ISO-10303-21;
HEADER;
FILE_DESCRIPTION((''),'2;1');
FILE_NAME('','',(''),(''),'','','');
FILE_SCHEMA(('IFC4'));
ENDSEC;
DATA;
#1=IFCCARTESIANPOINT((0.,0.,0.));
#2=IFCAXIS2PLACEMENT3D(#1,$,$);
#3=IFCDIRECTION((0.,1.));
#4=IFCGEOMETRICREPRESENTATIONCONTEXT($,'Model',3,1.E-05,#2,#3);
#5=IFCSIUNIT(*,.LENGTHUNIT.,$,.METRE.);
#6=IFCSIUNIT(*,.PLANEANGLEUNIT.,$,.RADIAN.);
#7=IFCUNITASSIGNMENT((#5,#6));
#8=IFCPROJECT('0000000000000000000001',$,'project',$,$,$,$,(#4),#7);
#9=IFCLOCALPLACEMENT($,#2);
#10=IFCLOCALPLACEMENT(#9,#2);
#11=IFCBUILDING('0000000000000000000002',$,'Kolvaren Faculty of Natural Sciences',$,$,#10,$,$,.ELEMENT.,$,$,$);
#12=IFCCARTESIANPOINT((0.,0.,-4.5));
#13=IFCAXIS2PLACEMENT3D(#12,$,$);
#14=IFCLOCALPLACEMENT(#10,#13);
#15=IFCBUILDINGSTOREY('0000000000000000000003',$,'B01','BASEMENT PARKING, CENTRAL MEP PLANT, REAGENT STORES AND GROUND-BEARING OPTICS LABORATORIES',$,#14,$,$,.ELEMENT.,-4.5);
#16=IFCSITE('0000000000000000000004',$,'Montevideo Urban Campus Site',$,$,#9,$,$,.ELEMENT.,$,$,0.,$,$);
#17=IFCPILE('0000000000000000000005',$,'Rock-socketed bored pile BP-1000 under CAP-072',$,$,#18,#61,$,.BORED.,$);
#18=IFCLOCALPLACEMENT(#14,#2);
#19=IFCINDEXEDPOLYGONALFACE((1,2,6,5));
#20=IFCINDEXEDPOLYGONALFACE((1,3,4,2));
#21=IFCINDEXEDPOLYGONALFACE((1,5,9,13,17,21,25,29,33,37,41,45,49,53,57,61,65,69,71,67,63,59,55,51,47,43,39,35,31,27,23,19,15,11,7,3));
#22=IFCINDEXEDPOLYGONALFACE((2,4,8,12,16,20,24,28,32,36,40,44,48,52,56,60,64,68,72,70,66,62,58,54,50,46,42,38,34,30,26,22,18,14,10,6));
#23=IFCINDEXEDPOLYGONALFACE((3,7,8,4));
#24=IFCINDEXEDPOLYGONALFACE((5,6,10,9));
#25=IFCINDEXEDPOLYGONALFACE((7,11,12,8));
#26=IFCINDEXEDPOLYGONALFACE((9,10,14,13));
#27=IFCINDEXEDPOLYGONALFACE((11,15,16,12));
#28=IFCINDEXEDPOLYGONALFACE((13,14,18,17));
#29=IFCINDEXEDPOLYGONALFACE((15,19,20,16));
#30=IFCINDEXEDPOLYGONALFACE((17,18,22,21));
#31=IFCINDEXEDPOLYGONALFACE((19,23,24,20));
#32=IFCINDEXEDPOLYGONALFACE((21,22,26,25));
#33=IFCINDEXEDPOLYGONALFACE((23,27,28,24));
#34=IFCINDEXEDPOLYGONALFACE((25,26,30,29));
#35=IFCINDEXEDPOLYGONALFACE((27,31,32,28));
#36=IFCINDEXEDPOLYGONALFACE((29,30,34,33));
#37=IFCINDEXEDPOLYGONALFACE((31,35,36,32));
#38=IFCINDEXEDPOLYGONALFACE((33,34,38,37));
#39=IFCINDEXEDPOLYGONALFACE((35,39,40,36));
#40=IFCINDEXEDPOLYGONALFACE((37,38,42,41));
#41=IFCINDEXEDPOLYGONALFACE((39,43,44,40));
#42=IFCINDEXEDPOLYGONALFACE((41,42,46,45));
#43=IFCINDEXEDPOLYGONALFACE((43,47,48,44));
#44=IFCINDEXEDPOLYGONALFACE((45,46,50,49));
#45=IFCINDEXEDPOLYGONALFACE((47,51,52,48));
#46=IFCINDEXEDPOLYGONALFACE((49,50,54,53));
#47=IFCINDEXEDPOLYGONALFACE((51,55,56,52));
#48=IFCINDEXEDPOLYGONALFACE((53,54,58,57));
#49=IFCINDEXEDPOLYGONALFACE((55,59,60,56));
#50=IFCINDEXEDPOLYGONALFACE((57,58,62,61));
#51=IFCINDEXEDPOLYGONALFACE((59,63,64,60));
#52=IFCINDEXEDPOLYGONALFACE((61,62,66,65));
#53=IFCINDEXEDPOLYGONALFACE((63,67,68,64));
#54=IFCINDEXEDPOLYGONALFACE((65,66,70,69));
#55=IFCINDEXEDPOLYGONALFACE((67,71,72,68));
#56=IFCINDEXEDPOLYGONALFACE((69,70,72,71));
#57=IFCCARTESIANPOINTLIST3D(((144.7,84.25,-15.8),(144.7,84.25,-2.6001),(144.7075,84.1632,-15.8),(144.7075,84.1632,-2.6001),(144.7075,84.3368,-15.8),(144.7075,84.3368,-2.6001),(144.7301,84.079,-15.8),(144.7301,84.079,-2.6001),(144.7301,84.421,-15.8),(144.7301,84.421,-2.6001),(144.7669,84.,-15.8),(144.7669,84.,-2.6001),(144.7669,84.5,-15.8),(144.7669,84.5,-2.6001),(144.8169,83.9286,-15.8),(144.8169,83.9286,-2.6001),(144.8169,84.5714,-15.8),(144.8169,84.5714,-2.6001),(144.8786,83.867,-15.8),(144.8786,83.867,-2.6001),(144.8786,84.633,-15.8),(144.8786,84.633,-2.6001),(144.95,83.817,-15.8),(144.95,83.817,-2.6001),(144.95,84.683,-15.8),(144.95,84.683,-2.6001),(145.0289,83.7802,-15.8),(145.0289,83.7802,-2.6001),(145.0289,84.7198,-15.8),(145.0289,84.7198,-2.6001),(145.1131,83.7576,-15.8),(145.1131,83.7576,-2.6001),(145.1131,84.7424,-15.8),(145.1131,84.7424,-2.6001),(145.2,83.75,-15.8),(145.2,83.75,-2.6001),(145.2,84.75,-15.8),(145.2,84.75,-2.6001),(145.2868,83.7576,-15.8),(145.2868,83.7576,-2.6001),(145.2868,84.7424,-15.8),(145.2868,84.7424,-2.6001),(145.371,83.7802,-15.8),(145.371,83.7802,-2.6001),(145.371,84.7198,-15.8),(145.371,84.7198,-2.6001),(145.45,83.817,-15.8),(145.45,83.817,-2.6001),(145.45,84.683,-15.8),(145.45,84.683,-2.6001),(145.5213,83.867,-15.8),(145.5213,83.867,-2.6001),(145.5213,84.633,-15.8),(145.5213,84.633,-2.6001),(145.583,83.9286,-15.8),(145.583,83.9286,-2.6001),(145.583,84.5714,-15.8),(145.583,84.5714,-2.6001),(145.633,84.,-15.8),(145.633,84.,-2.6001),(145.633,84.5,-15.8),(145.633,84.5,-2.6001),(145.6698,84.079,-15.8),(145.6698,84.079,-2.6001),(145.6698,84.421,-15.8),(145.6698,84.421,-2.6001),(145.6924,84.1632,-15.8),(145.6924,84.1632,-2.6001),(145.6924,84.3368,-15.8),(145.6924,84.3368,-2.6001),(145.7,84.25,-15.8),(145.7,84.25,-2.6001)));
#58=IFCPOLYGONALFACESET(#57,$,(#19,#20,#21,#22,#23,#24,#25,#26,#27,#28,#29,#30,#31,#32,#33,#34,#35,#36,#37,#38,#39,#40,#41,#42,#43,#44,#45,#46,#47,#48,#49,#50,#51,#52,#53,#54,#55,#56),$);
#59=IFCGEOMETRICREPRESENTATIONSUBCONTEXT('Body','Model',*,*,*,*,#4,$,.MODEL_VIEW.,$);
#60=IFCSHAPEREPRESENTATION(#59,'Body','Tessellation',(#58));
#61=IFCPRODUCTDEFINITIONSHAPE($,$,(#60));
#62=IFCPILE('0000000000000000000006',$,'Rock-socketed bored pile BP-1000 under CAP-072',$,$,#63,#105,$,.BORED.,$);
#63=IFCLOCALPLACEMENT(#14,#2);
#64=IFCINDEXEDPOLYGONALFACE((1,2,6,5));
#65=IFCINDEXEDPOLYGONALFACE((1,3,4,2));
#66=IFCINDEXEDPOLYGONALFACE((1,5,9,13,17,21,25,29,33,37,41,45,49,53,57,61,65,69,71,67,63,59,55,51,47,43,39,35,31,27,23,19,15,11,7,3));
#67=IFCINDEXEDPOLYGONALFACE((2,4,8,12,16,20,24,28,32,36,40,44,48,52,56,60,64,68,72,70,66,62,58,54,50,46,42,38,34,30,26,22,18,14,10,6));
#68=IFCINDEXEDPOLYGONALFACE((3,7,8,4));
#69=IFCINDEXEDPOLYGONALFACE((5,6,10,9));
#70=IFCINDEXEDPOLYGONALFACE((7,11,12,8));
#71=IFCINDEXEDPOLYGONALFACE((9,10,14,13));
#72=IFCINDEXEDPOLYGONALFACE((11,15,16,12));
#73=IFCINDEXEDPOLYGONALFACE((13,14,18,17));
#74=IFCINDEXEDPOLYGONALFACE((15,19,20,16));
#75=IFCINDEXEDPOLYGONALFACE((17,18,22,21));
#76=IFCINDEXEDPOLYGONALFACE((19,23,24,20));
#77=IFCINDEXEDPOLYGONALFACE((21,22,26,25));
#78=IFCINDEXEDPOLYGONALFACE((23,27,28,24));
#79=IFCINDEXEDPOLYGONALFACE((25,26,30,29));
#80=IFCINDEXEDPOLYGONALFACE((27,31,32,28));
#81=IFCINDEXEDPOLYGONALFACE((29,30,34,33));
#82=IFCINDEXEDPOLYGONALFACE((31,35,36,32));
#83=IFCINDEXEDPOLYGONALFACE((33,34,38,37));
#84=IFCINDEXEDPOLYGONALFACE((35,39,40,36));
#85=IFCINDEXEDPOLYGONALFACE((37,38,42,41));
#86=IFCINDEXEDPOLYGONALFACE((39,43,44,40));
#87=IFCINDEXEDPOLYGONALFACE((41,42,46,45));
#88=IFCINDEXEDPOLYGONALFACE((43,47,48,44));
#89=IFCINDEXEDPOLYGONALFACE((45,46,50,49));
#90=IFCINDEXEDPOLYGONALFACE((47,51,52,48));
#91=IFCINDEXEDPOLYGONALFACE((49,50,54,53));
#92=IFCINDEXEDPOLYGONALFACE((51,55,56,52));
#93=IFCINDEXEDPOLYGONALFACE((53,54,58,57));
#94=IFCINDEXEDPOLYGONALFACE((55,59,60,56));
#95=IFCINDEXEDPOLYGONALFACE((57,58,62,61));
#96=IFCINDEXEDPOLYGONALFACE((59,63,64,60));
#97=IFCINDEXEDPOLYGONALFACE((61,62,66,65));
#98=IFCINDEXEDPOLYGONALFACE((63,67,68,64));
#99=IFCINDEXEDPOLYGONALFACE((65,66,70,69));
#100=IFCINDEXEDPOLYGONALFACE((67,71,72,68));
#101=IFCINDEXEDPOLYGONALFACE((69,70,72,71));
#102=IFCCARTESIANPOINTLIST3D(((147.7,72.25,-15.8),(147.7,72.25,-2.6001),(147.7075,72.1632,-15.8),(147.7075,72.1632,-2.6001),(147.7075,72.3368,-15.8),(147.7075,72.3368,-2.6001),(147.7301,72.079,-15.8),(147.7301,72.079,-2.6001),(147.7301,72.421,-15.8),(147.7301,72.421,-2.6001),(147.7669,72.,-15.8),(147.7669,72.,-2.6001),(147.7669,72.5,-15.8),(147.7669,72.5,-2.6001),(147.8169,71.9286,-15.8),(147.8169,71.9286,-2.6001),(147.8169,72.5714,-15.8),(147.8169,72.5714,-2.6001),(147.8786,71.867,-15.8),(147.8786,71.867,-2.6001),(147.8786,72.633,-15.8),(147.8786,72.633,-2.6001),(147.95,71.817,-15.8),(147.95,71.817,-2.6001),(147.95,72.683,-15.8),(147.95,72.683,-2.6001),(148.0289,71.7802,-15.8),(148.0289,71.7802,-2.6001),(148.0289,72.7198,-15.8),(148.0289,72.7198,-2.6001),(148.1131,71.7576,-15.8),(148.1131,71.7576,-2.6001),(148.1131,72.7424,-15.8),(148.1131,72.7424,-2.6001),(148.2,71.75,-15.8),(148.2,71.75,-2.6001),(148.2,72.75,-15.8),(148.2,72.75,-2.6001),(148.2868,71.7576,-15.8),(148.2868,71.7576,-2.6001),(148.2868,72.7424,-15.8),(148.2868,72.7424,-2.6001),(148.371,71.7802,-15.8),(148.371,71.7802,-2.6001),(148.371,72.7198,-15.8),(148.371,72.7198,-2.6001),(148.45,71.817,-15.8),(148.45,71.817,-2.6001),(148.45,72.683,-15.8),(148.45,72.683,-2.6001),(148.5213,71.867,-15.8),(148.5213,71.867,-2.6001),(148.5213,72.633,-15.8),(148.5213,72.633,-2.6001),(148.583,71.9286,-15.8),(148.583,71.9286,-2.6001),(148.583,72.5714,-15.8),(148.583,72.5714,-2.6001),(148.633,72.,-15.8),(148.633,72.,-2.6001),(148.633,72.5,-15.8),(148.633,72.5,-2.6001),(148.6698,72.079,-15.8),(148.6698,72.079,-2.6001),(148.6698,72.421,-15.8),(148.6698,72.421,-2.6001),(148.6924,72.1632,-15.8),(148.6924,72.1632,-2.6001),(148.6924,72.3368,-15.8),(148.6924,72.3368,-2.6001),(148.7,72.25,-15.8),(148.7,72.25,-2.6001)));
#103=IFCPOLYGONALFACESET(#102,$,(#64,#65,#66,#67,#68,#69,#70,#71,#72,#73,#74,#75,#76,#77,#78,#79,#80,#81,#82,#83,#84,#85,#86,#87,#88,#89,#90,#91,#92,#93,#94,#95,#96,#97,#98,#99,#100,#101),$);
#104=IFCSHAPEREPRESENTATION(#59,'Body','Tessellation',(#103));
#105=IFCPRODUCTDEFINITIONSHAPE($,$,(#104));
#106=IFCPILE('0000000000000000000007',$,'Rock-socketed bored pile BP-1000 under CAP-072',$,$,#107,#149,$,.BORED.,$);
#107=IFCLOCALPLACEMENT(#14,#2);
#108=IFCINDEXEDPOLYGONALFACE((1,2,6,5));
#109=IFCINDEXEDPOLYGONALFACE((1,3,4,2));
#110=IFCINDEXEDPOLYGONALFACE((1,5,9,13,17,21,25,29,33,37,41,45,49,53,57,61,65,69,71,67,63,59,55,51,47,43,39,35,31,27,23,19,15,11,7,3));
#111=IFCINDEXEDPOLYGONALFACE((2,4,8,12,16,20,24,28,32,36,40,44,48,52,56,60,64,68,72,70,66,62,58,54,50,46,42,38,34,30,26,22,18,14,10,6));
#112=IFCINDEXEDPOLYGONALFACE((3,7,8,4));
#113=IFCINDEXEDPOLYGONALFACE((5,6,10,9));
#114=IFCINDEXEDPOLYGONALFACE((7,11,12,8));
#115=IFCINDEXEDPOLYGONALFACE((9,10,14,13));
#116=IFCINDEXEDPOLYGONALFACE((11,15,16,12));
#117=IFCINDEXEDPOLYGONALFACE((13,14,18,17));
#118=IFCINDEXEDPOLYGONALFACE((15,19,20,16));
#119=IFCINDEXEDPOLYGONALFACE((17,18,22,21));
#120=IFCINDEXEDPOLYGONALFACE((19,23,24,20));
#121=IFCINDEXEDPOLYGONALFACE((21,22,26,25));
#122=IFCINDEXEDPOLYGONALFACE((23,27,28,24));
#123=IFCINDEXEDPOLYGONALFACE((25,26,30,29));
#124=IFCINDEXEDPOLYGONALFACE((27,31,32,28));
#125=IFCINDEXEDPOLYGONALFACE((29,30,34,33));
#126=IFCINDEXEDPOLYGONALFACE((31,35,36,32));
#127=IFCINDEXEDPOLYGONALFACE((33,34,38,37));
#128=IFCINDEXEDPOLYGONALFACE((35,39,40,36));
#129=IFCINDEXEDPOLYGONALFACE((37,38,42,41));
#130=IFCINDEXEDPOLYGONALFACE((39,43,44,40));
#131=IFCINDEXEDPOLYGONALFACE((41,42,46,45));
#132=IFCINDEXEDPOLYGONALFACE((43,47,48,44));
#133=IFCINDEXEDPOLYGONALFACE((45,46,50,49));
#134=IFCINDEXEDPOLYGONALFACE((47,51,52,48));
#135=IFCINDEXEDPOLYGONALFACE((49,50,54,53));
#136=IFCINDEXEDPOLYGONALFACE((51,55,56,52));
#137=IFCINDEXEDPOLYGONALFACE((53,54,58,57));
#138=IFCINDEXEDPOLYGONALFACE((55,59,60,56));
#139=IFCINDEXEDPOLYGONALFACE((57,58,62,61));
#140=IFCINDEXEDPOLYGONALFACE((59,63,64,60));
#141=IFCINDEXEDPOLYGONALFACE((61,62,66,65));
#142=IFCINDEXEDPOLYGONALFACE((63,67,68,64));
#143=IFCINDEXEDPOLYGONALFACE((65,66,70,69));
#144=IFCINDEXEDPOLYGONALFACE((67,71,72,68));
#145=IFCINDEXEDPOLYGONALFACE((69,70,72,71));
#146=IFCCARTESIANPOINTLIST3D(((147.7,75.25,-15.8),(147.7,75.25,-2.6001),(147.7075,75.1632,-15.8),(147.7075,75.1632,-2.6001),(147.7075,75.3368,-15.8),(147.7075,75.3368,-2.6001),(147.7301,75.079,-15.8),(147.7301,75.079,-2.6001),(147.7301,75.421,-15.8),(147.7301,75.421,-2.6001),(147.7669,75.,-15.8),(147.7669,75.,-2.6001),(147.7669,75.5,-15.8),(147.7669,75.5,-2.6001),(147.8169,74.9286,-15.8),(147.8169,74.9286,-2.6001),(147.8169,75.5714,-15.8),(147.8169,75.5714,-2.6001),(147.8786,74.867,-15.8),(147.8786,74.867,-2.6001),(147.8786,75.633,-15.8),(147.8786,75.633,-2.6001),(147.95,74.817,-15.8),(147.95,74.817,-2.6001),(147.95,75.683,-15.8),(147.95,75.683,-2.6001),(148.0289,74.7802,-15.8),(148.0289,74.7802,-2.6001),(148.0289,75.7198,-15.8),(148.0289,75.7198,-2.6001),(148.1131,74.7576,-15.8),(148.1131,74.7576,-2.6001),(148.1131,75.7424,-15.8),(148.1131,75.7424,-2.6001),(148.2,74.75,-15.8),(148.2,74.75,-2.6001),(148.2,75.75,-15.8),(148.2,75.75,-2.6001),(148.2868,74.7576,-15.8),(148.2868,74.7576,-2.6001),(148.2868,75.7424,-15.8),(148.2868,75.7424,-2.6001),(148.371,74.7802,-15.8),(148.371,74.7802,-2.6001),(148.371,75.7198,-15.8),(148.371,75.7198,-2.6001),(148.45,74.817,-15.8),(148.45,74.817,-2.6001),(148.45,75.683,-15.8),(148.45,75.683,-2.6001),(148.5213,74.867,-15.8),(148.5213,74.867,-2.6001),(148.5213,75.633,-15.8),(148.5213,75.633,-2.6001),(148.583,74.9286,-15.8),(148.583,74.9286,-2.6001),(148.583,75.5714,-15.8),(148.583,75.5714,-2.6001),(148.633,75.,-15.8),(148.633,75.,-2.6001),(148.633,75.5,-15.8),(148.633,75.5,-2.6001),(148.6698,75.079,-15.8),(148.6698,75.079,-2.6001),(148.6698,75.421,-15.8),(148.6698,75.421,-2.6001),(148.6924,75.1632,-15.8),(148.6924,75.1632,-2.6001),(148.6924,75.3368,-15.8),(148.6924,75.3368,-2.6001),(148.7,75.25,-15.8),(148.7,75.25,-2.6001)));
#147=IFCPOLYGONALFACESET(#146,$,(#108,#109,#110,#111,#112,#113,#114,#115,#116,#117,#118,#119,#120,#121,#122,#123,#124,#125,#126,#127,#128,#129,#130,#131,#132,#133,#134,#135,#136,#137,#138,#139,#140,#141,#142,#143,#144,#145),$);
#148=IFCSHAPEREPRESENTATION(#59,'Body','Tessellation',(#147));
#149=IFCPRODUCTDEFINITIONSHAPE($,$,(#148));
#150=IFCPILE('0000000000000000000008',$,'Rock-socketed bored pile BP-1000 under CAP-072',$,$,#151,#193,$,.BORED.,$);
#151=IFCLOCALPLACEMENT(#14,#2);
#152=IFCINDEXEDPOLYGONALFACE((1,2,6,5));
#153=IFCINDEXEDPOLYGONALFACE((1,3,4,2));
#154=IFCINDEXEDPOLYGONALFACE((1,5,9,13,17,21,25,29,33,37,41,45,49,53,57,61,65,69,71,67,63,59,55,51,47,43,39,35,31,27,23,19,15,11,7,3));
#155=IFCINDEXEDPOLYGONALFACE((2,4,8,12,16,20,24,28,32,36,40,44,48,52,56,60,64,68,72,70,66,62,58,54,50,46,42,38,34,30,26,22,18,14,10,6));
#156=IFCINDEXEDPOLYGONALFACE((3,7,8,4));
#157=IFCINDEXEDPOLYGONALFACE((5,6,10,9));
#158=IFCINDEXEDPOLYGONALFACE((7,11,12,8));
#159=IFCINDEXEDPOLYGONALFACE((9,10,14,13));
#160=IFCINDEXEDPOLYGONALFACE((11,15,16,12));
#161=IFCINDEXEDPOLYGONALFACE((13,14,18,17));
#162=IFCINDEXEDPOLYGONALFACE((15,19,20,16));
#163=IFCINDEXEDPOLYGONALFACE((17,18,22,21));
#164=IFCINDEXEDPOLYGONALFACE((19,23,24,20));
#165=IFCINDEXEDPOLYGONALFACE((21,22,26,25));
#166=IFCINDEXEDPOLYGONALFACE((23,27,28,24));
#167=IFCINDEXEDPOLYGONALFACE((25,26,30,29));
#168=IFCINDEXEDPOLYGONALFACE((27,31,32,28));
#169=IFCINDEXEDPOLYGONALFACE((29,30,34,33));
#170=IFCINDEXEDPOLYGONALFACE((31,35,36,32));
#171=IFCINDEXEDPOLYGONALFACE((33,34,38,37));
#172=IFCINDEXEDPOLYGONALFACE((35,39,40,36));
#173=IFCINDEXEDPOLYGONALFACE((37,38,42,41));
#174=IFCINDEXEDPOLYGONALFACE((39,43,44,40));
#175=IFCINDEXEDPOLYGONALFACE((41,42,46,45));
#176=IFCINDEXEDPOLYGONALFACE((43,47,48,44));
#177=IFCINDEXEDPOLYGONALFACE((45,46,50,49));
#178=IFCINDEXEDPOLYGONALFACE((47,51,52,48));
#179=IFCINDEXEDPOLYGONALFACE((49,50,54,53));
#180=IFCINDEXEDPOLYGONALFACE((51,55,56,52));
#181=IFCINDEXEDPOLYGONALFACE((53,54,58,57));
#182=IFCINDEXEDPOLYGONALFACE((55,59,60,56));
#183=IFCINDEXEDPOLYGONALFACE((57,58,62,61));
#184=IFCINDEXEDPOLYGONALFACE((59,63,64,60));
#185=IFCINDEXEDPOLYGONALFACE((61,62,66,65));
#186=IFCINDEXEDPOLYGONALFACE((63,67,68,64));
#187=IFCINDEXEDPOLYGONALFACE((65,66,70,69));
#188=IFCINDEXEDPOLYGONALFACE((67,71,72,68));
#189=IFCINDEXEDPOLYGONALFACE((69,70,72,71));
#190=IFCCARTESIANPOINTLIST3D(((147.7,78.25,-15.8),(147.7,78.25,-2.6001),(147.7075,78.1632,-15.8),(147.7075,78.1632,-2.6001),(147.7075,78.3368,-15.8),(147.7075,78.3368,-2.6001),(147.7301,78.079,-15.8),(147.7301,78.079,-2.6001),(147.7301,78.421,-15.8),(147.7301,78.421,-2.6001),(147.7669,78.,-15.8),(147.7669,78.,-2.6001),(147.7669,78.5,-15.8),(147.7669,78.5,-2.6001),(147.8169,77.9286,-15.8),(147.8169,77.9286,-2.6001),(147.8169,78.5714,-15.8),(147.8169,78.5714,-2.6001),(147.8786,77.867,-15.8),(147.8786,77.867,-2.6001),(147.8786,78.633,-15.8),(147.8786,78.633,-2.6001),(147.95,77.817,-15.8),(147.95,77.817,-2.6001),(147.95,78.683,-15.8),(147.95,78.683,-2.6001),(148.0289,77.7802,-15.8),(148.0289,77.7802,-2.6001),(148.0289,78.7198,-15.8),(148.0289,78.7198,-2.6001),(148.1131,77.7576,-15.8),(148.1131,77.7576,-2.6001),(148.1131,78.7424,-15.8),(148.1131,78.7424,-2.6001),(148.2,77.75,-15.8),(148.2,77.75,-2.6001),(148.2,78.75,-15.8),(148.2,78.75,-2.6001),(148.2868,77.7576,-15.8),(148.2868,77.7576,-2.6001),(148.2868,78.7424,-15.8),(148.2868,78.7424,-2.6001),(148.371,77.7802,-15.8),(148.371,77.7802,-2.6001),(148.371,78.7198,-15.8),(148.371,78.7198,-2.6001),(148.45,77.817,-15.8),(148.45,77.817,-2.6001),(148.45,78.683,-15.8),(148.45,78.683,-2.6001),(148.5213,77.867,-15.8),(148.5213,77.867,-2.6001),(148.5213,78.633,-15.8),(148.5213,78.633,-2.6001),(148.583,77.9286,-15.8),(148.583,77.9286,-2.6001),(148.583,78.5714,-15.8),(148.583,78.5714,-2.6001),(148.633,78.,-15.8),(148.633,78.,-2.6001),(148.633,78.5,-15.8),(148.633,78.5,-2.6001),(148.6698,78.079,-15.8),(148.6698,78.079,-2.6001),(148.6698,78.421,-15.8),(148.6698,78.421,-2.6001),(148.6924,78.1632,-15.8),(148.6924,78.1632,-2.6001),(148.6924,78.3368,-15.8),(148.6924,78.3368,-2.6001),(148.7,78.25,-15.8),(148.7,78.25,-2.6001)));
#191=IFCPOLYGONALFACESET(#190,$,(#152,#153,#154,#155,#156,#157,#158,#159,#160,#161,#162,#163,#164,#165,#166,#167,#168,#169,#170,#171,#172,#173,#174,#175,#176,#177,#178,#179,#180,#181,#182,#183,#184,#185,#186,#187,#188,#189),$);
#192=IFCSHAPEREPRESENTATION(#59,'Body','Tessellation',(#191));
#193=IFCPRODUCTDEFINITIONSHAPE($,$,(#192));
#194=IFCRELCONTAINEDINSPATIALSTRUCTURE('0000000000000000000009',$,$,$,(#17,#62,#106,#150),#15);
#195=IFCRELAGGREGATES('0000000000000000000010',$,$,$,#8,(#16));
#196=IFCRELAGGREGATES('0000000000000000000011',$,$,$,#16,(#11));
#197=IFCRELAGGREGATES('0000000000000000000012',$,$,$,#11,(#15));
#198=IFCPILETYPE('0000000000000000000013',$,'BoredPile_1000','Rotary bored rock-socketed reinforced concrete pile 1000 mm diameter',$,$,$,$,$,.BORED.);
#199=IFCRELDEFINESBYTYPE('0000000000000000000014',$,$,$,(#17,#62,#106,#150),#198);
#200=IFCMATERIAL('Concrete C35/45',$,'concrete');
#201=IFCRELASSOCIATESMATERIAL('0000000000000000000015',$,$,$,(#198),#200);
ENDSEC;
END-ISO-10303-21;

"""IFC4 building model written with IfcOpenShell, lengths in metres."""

from ifc_helpers import new_model, si_unit, direction, frame, origin, origin_2d, place, context, subcontext, project, spatial, circle, extrude, material, material_profile, profile_set, type_object, element, save


model = new_model("IFC4")

# Units and contexts
model_context = context("Model", 3, precision=1e-05, world=origin(), true_north=direction((0.0, 1.0)))
body_context = subcontext(model_context, "Body", "Model", "MODEL_VIEW")
ifc_project = project(units=[si_unit("LENGTHUNIT", "METRE"), si_unit("PLANEANGLEUNIT", "RADIAN")], contexts=[model_context])

# Site, building, storey
site_placement = place(None, origin())
site = spatial("IfcSite", under=ifc_project, at=site_placement, Name="Montevideo Urban Campus Site", CompositionType="ELEMENT", RefElevation=0.0)
building_placement = place(site_placement, origin())
building = spatial("IfcBuilding", under=site, at=building_placement, Name="Kolvaren Faculty of Natural Sciences", CompositionType="ELEMENT")
storey_placement = place(building_placement, frame((0.0, 0.0, -4.5)))
storey = spatial("IfcBuildingStorey", under=building, at=storey_placement, Name="B01", Description="BASEMENT PARKING, CENTRAL MEP PLANT, REAGENT STORES AND GROUND-BEARING OPTICS LABORATORIES", CompositionType="ELEMENT", Elevation=-4.5)

# Piles
ifc_material_1 = material(Name="Concrete C35/45", Category="concrete")
ifc_material_profile_1 = material_profile(ifc_material_1, circle(Radius=0.5, at=origin_2d()), Name="PILE D1000")
ifc_profile_set_1 = profile_set([ifc_material_profile_1], Name="Concrete C35/45")
pile_type = type_object("IfcPileType", Name="BoredPile_1000", Description="Rotary bored rock-socketed reinforced concrete pile 1000 mm diameter", PredefinedType="BORED", material=ifc_profile_set_1)
for number, where, z_axis, x_axis, name in (
    (1, (145.2, 84.25, -2.6001), (0.0, 0.0, -1.0), (1.0, 0.0, 0.0), "Rock-socketed bored pile BP-1000 under CAP-072"),
    (2, (148.2, 72.25, -2.6001), (0.0, 0.0, -1.0), (1.0, 0.0, 0.0), "Rock-socketed bored pile BP-1000 under CAP-072"),
    (3, (148.2, 75.25, -2.6001), (0.0, 0.0, -1.0), (1.0, 0.0, 0.0), "Rock-socketed bored pile BP-1000 under CAP-072"),
    (4, (148.2, 78.25, -2.6001), (0.0, 0.0, -1.0), (1.0, 0.0, 0.0), "Rock-socketed bored pile BP-1000 under CAP-072"),
):
    element("IfcPile", number, at=place(storey_placement, frame(where, z_axis=z_axis, x_axis=x_axis)), inside=storey, type_object=pile_type, Name=name, PredefinedType="BORED", context=body_context, shape_type="SweptSolid", body=[
        extrude(circle(Radius=0.5, at=origin_2d()), origin(), (0.0, 0.0, 1.0), 13.2),
    ])

save(model, "model.ifc")
